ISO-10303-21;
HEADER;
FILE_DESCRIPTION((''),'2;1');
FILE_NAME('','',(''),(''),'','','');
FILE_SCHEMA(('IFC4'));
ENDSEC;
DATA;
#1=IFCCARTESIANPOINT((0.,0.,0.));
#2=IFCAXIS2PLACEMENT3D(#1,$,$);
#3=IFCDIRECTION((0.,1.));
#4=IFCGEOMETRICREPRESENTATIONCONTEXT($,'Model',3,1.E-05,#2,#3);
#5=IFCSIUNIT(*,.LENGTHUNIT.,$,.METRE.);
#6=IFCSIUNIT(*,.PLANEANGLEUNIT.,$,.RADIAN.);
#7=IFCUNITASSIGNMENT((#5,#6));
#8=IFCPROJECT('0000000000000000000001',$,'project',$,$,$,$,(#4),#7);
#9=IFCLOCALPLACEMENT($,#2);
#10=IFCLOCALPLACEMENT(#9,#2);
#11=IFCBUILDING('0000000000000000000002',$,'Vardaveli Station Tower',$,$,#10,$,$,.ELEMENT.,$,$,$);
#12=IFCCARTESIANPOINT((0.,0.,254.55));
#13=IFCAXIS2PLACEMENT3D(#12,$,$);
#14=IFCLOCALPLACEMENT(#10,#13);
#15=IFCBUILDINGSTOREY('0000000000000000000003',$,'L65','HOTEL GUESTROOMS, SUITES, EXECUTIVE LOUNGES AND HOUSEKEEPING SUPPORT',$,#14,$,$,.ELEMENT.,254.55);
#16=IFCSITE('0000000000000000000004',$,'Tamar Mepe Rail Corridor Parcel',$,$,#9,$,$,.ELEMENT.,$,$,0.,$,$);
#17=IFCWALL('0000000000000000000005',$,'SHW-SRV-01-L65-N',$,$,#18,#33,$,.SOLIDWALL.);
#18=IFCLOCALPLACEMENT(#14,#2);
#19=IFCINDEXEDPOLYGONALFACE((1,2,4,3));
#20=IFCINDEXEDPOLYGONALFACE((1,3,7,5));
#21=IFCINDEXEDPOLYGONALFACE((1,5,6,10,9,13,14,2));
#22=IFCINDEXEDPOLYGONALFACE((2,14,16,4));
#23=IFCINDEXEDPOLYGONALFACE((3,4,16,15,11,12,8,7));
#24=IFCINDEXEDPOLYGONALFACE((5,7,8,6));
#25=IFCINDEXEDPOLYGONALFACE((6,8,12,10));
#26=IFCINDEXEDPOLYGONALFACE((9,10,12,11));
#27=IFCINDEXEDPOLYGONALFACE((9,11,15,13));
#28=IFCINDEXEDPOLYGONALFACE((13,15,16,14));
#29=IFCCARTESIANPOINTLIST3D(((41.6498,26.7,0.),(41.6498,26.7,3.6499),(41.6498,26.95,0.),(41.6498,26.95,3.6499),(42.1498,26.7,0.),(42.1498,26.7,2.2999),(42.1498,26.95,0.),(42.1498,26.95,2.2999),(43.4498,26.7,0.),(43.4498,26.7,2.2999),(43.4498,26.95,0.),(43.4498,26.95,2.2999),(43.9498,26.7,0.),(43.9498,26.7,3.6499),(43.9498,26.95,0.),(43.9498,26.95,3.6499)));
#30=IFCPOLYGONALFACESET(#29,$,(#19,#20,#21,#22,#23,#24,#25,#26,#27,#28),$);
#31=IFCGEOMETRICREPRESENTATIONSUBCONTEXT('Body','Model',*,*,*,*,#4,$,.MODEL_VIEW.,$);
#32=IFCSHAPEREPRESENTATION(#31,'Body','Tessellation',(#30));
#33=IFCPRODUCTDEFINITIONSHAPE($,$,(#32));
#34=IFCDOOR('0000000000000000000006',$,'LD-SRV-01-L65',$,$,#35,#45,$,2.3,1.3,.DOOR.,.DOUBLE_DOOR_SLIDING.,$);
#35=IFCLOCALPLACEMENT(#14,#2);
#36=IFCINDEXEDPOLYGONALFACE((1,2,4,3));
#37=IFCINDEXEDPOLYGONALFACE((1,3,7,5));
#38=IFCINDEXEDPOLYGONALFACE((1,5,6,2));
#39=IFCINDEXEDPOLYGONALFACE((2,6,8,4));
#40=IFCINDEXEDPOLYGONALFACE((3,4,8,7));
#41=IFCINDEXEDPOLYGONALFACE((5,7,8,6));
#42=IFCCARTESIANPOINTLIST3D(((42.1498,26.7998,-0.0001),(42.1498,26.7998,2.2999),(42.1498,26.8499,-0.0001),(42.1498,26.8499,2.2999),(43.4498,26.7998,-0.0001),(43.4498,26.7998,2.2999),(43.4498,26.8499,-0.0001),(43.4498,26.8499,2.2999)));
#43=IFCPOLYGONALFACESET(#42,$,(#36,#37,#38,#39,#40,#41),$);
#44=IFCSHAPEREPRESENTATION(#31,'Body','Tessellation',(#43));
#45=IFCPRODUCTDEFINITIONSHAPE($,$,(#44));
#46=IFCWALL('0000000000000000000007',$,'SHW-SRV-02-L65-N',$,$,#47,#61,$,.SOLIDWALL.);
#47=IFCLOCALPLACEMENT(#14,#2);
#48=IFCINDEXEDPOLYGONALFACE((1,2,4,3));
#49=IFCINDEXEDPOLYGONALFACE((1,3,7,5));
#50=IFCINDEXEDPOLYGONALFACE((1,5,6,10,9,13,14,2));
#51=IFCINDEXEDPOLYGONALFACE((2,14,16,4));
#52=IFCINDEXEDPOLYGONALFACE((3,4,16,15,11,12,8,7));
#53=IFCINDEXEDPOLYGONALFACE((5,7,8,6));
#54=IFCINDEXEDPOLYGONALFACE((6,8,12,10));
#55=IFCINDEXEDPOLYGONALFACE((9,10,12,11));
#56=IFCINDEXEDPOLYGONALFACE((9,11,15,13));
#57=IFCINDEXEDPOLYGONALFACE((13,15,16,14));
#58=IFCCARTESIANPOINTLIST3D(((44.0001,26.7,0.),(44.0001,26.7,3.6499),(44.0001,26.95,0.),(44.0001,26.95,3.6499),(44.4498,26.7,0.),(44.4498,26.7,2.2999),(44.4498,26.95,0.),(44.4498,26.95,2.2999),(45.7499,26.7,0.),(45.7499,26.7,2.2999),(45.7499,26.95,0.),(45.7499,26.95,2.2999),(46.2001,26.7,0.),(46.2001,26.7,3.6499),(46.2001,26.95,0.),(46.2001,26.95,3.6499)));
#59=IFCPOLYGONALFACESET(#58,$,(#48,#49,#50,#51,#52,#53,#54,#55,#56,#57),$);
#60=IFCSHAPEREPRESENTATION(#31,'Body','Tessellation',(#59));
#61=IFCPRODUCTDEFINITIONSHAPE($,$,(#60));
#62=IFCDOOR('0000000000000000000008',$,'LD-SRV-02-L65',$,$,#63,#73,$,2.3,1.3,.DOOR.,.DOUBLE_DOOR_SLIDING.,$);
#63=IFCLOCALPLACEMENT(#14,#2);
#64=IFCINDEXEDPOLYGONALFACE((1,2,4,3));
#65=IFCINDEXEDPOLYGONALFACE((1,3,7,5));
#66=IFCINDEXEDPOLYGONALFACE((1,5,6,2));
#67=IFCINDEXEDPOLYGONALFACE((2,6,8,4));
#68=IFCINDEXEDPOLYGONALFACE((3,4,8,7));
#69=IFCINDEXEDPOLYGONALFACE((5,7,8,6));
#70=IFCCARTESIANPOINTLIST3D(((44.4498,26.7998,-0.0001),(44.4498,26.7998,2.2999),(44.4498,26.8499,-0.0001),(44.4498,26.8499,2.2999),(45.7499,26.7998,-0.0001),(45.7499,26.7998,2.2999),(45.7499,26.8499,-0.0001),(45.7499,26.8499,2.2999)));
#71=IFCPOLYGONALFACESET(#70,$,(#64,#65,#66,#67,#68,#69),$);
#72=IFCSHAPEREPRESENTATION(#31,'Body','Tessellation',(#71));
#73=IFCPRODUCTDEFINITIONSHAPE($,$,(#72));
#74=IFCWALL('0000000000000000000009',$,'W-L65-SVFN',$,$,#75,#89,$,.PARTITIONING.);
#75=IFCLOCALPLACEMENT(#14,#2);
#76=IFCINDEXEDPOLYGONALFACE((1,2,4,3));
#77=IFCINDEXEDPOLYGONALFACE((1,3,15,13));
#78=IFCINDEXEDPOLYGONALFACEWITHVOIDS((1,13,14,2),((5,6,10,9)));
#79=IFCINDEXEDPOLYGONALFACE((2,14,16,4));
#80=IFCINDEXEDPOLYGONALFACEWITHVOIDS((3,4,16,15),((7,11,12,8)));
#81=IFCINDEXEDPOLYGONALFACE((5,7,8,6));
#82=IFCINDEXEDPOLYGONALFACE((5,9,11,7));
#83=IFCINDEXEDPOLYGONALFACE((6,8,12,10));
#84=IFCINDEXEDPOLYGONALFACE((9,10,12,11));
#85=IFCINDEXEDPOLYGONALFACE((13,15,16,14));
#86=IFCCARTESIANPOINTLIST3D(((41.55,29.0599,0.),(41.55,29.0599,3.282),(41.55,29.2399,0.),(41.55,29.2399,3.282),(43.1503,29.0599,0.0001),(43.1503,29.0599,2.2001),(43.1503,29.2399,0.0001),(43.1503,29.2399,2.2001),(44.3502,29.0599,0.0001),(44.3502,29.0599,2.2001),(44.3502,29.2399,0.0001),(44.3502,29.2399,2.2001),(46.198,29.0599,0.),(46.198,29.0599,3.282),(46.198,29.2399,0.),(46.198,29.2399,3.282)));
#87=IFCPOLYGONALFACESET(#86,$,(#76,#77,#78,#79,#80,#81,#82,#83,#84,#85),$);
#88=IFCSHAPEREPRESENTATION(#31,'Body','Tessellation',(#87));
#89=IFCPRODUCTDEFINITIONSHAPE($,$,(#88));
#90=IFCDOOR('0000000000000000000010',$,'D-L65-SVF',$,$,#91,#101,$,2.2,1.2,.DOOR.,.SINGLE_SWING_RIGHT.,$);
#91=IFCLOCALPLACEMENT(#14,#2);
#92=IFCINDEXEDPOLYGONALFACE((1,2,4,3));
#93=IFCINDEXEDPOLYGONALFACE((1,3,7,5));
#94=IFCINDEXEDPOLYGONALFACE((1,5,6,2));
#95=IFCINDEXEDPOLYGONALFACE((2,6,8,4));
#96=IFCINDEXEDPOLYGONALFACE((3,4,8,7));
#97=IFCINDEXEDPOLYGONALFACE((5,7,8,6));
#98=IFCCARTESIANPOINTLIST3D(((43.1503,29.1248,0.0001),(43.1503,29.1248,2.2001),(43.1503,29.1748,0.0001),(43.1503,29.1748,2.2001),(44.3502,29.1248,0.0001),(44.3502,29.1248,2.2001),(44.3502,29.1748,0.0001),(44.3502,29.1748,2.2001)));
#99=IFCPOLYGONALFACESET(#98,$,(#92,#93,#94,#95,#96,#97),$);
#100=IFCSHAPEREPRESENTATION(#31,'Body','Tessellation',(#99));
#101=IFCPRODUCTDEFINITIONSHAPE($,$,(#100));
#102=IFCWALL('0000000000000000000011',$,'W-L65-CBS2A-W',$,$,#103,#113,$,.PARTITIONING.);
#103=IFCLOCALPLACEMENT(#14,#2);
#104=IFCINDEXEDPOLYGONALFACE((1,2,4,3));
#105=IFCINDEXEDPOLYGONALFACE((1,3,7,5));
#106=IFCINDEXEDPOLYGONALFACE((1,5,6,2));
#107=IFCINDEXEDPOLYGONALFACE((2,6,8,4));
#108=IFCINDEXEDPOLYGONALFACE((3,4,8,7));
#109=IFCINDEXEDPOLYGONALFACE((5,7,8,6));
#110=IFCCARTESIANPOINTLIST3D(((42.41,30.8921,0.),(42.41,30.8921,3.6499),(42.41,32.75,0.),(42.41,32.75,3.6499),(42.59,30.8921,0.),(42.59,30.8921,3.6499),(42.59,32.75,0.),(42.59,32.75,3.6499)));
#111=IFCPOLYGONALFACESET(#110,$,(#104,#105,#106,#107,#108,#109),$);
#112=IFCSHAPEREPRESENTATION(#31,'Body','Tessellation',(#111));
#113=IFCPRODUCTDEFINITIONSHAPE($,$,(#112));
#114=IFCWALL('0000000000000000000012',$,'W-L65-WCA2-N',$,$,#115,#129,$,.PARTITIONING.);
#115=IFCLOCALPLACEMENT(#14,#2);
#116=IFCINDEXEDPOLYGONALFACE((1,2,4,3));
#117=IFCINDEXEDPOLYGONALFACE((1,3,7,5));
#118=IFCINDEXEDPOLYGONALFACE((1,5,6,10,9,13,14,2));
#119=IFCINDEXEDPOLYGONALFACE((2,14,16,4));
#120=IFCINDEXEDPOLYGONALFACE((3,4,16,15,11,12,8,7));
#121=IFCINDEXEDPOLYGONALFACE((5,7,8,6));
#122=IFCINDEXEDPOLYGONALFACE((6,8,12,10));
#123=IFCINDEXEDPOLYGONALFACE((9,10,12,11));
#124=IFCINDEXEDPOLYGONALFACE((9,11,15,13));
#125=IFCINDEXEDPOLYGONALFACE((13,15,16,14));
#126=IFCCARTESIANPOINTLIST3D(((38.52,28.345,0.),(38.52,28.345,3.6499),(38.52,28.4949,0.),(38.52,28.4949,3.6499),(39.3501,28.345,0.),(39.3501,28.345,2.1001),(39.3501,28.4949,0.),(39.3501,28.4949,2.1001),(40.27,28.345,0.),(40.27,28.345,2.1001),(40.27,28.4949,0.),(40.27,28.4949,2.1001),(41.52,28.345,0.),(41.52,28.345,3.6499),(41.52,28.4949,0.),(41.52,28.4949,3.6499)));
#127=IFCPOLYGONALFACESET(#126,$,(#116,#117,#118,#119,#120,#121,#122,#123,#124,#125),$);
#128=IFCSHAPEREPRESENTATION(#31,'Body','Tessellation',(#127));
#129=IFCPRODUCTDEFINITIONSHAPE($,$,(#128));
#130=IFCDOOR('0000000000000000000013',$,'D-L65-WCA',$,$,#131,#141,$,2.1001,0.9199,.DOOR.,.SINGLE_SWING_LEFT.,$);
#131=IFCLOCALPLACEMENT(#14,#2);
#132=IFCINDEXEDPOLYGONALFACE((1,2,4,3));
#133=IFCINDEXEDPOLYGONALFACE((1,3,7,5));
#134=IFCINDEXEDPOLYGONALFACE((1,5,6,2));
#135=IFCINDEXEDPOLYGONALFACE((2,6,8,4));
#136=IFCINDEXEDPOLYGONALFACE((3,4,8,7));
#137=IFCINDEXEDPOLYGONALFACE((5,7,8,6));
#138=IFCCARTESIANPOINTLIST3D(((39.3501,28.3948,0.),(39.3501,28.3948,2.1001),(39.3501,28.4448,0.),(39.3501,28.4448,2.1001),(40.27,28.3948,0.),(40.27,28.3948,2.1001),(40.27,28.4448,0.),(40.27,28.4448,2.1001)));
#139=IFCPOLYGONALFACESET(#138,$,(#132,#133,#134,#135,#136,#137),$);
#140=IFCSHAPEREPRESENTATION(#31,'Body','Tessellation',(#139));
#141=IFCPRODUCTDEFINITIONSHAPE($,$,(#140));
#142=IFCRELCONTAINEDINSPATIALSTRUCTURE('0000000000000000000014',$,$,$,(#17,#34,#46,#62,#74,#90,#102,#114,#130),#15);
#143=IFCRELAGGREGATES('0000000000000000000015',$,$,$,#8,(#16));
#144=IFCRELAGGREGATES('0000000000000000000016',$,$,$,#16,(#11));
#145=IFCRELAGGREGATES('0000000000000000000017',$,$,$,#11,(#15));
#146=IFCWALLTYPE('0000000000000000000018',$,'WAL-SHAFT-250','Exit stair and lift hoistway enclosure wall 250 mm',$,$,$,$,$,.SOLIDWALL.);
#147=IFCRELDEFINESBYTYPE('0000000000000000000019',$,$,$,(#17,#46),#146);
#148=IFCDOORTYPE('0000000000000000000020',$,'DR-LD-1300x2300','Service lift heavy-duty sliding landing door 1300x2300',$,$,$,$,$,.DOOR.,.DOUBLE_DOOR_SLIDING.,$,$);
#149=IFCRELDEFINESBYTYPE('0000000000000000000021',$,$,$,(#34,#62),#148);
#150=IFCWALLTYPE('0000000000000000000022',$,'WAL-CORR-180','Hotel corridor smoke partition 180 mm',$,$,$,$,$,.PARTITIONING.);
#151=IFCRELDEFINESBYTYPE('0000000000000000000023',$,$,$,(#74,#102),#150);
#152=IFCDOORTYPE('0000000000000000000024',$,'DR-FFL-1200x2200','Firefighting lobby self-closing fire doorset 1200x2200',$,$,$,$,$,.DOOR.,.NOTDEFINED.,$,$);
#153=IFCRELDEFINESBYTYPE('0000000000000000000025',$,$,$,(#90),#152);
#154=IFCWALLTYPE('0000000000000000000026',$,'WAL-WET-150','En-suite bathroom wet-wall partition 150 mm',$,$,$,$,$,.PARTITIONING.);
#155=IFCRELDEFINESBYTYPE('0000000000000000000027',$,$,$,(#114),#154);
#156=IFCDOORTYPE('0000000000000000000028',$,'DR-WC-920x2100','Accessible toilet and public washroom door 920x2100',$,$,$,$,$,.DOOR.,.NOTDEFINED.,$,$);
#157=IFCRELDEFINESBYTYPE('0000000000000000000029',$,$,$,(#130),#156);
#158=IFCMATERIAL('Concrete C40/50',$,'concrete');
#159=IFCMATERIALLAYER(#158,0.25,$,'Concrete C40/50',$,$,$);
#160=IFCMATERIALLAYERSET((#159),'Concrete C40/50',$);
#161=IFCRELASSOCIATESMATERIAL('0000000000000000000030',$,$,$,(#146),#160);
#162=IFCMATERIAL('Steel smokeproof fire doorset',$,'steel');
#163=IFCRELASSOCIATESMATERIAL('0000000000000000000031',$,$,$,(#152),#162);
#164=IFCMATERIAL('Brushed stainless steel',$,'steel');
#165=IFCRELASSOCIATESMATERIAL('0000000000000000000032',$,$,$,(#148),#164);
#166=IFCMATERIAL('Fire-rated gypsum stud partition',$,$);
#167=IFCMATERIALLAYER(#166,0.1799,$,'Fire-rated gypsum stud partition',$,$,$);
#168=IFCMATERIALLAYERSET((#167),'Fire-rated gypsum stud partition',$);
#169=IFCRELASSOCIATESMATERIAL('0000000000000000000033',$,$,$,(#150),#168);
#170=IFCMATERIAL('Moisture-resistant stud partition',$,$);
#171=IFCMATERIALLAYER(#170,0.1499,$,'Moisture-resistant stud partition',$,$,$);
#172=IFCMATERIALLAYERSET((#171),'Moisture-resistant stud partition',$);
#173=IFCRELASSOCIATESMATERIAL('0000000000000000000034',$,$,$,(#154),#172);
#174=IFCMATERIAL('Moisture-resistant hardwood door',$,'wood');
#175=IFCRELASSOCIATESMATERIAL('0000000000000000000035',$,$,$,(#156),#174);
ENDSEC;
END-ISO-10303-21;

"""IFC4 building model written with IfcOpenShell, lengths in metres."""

from ifc_helpers import new_model, si_unit, direction, frame, frame_2d, origin, place, context, subcontext, project, spatial, rectangle, extrude, source, transform, mapped, material, layer, layer_set, type_object, element, fill, save


model = new_model("IFC4")

# Units and contexts
model_context = context("Model", 3, precision=1e-05, world=origin(), true_north=direction((0.0, 1.0)))
body_context = subcontext(model_context, "Body", "Model", "MODEL_VIEW")
ifc_project = project(units=[si_unit("LENGTHUNIT", "METRE"), si_unit("PLANEANGLEUNIT", "RADIAN")], contexts=[model_context])

# Site, building, storey
site_placement = place(None, origin())
site = spatial("IfcSite", under=ifc_project, at=site_placement, Name="Tamar Mepe Rail Corridor Parcel", CompositionType="ELEMENT", RefElevation=0.0)
building_placement = place(site_placement, origin())
building = spatial("IfcBuilding", under=site, at=building_placement, Name="Vardaveli Station Tower", CompositionType="ELEMENT")
storey_placement = place(building_placement, frame((0.0, 0.0, 254.55)))
storey = spatial("IfcBuildingStorey", under=building, at=storey_placement, Name="L65", Description="HOTEL GUESTROOMS, SUITES, EXECUTIVE LOUNGES AND HOUSEKEEPING SUPPORT", CompositionType="ELEMENT", Elevation=254.55)

# Shared definitions
ifc_material_1 = material(Name="Concrete C40/50", Category="concrete")
ifc_layer_1 = layer(ifc_material_1, 0.25, Name="Concrete C40/50")
ifc_layer_set_1 = layer_set([ifc_layer_1], Name="Concrete C40/50")
wall_type_1 = type_object("IfcWallType", Name="WAL-SHAFT-250", Description="Exit stair and lift hoistway enclosure wall 250 mm", PredefinedType="SOLIDWALL", material=ifc_layer_set_1)

# Walls, openings, doors
ifc_material_2 = material(Name="Steel smokeproof fire doorset", Category="steel")
door_type_1 = type_object("IfcDoorType", Name="DR-FFL-1200x2200", Description="Firefighting lobby self-closing fire doorset 1200x2200", OperationType="NOTDEFINED", PredefinedType="DOOR", material=ifc_material_2)
shared_shape_1 = source(origin(), body_context, "Body", "SweptSolid", [
    extrude(rectangle(XDim=1.2, YDim=2.2, at=frame_2d((0.6001, 1.1001))), frame((0.0, 0.0249, 0.0), z_axis=(0.0, -1.0, 0.0), x_axis=(1.0, 0.0, 0.0)), (0.0, 0.0, 1.0), 0.05),
])
shared_shape_2 = source(origin(), body_context, "Body", "SweptSolid", [
    extrude(rectangle(XDim=2.3, YDim=0.25, at=frame_2d((1.1499, 0.0))), origin(), (0.0, 0.0, 1.0), 3.6499),
])
wall_1_placement = place(storey_placement, frame((41.6499, 26.825, 0.0), z_axis=(0.0, 0.0, 1.0), x_axis=(1.0, 0.0, 0.0)))
wall_1 = element("IfcWall", 1, at=wall_1_placement, inside=storey, type_object=wall_type_1, Name="SHW-SRV-01-L65-N", PredefinedType="SOLIDWALL", context=body_context, shape_type="MappedRepresentation", body=[
    mapped(shared_shape_2, transform((0.0, 0.0, 0.0), scale=1.0)),
])
shared_shape_3 = source(origin(), body_context, "Body", "SweptSolid", [
    extrude(rectangle(XDim=1.3, YDim=2.3, at=frame_2d((0.6499, 1.1499))), frame((0.0, 0.135, 0.0), z_axis=(0.0, -1.0, 0.0), x_axis=(1.0, 0.0, 0.0)), (0.0, 0.0, 1.0), 0.27),
])
opening_1_placement = place(wall_1_placement, frame((0.5, 0.0, 0.0)))
opening_1 = element("IfcOpeningElement", 2, at=opening_1_placement, cuts=wall_1, PredefinedType="OPENING", context=body_context, shape_type="MappedRepresentation", body=[
    mapped(shared_shape_3, transform((0.0, 0.0, 0.0), scale=1.0)),
])
ifc_material_3 = material(Name="Brushed stainless steel", Category="steel")
door_type_2 = type_object("IfcDoorType", Name="DR-LD-1300x2300", Description="Service lift heavy-duty sliding landing door 1300x2300", OperationType="DOUBLE_DOOR_SLIDING", PredefinedType="DOOR", material=ifc_material_3)
shared_shape_4 = source(origin(), body_context, "Body", "SweptSolid", [
    extrude(rectangle(XDim=1.3, YDim=2.3, at=frame_2d((0.6499, 1.1499))), frame((0.0, 0.0249, 0.0), z_axis=(0.0, -1.0, 0.0), x_axis=(1.0, 0.0, 0.0)), (0.0, 0.0, 1.0), 0.05),
])
door_1_placement = place(opening_1_placement, origin())
door_1 = element("IfcDoor", 3, at=door_1_placement, inside=storey, type_object=door_type_2, Name="LD-SRV-01-L65", OperationType="DOUBLE_DOOR_SLIDING", OverallHeight=2.3, OverallWidth=1.3, PredefinedType="DOOR", context=body_context, shape_type="MappedRepresentation", body=[
    mapped(shared_shape_4, transform((0.0, 0.0, 0.0), scale=1.0)),
])
fill(opening_1, door_1)
shared_shape_5 = source(origin(), body_context, "Body", "SweptSolid", [
    extrude(rectangle(XDim=2.2, YDim=0.25, at=frame_2d((1.1001, 0.0))), origin(), (0.0, 0.0, 1.0), 3.6499),
])
wall_2_placement = place(storey_placement, frame((44.0, 26.825, 0.0), z_axis=(0.0, 0.0, 1.0), x_axis=(1.0, 0.0, 0.0)))
wall_2 = element("IfcWall", 4, at=wall_2_placement, inside=storey, type_object=wall_type_1, Name="SHW-SRV-02-L65-N", PredefinedType="SOLIDWALL", context=body_context, shape_type="MappedRepresentation", body=[
    mapped(shared_shape_5, transform((0.0, 0.0, 0.0), scale=1.0)),
])
opening_2_placement = place(wall_2_placement, frame((0.45, 0.0, 0.0)))
opening_2 = element("IfcOpeningElement", 5, at=opening_2_placement, cuts=wall_2, PredefinedType="OPENING", context=body_context, shape_type="MappedRepresentation", body=[
    mapped(shared_shape_3, transform((0.0, 0.0, 0.0), scale=1.0)),
])
door_2_placement = place(opening_2_placement, origin())
door_2 = element("IfcDoor", 6, at=door_2_placement, inside=storey, type_object=door_type_2, Name="LD-SRV-02-L65", OperationType="DOUBLE_DOOR_SLIDING", OverallHeight=2.3, OverallWidth=1.3, PredefinedType="DOOR", context=body_context, shape_type="MappedRepresentation", body=[
    mapped(shared_shape_4, transform((0.0, 0.0, 0.0), scale=1.0)),
])
fill(opening_2, door_2)
ifc_material_4 = material(Name="Fire-rated gypsum stud partition")
ifc_layer_2 = layer(ifc_material_4, 0.1799, Name="Fire-rated gypsum stud partition")
ifc_layer_set_2 = layer_set([ifc_layer_2], Name="Fire-rated gypsum stud partition")
wall_type_2 = type_object("IfcWallType", Name="WAL-CORR-180", Description="Hotel corridor smoke partition 180 mm", PredefinedType="PARTITIONING", material=ifc_layer_set_2)
shared_shape_6 = source(origin(), body_context, "Body", "SweptSolid", [
    extrude(rectangle(XDim=4.6479, YDim=0.1799, at=frame_2d((2.324, 0.0))), origin(), (0.0, 0.0, 1.0), 3.282),
])
wall_3_placement = place(storey_placement, frame((41.55, 29.1499, 0.0), z_axis=(0.0, 0.0, 1.0), x_axis=(1.0, 0.0, 0.0)))
wall_3 = element("IfcWall", 7, at=wall_3_placement, inside=storey, type_object=wall_type_2, Name="W-L65-SVFN", PredefinedType="PARTITIONING", context=body_context, shape_type="MappedRepresentation", body=[
    mapped(shared_shape_6, transform((0.0, 0.0, 0.0), scale=1.0)),
])
shared_shape_7 = source(origin(), body_context, "Body", "SweptSolid", [
    extrude(rectangle(XDim=1.2, YDim=2.2, at=frame_2d((0.6001, 1.1001))), frame((0.0, 0.1001, 0.0), z_axis=(0.0, -1.0, 0.0), x_axis=(1.0, 0.0, 0.0)), (0.0, 0.0, 1.0), 0.2),
])
opening_3_placement = place(wall_3_placement, frame((1.6001, 0.0, 0.0)))
opening_3 = element("IfcOpeningElement", 8, at=opening_3_placement, cuts=wall_3, PredefinedType="OPENING", context=body_context, shape_type="MappedRepresentation", body=[
    mapped(shared_shape_7, transform((0.0, 0.0, 0.0), scale=1.0)),
])
door_3_placement = place(opening_3_placement, origin())
door_3 = element("IfcDoor", 9, at=door_3_placement, inside=storey, type_object=door_type_1, Name="D-L65-SVF", OperationType="SINGLE_SWING_RIGHT", OverallHeight=2.2, OverallWidth=1.2, PredefinedType="DOOR", context=body_context, shape_type="MappedRepresentation", body=[
    mapped(shared_shape_1, transform((0.0, 0.0, 0.0), scale=1.0)),
])
fill(opening_3, door_3)

# Wall
shared_shape_8 = source(origin(), body_context, "Body", "SweptSolid", [
    extrude(rectangle(XDim=1.8579, YDim=0.1799, at=frame_2d((0.929, 0.0))), origin(), (0.0, 0.0, 1.0), 3.6499),
])
wall_4_placement = place(storey_placement, frame((42.5, 30.8921, 0.0), z_axis=(0.0, 0.0, 1.0), x_axis=(0.0, 1.0, 0.0)))
element("IfcWall", 10, at=wall_4_placement, inside=storey, type_object=wall_type_2, Name="W-L65-CBS2A-W", PredefinedType="PARTITIONING", context=body_context, shape_type="MappedRepresentation", body=[
    mapped(shared_shape_8, transform((0.0, 0.0, 0.0), scale=1.0)),
])

# Wall, opening, door
ifc_material_5 = material(Name="Moisture-resistant stud partition")
ifc_layer_3 = layer(ifc_material_5, 0.1499, Name="Moisture-resistant stud partition")
ifc_layer_set_3 = layer_set([ifc_layer_3], Name="Moisture-resistant stud partition")
wall_type_3 = type_object("IfcWallType", Name="WAL-WET-150", Description="En-suite bathroom wet-wall partition 150 mm", PredefinedType="PARTITIONING", material=ifc_layer_set_3)
shared_shape_9 = source(origin(), body_context, "Body", "SweptSolid", [
    extrude(rectangle(XDim=3.0, YDim=0.1499, at=frame_2d((1.5, 0.0))), origin(), (0.0, 0.0, 1.0), 3.6499),
])
wall_5_placement = place(storey_placement, frame((38.52, 28.4199, 0.0), z_axis=(0.0, 0.0, 1.0), x_axis=(1.0, 0.0, 0.0)))
wall_5 = element("IfcWall", 11, at=wall_5_placement, inside=storey, type_object=wall_type_3, Name="W-L65-WCA2-N", PredefinedType="PARTITIONING", context=body_context, shape_type="MappedRepresentation", body=[
    mapped(shared_shape_9, transform((0.0, 0.0, 0.0), scale=1.0)),
])
shared_shape_10 = source(origin(), body_context, "Body", "SweptSolid", [
    extrude(rectangle(XDim=0.9199, YDim=2.1001, at=frame_2d((0.46, 1.05))), frame((0.0, 0.085, 0.0), z_axis=(0.0, -1.0, 0.0), x_axis=(1.0, 0.0, 0.0)), (0.0, 0.0, 1.0), 0.1699),
])
opening_4_placement = place(wall_5_placement, frame((0.8301, 0.0, 0.0)))
opening_4 = element("IfcOpeningElement", 12, at=opening_4_placement, cuts=wall_5, PredefinedType="OPENING", context=body_context, shape_type="MappedRepresentation", body=[
    mapped(shared_shape_10, transform((0.0, 0.0, 0.0), scale=1.0)),
])
ifc_material_6 = material(Name="Moisture-resistant hardwood door", Category="wood")
door_type_3 = type_object("IfcDoorType", Name="DR-WC-920x2100", Description="Accessible toilet and public washroom door 920x2100", OperationType="NOTDEFINED", PredefinedType="DOOR", material=ifc_material_6)
shared_shape_11 = source(origin(), body_context, "Body", "SweptSolid", [
    extrude(rectangle(XDim=0.9199, YDim=2.1001, at=frame_2d((0.46, 1.05))), frame((0.0, 0.0249, 0.0), z_axis=(0.0, -1.0, 0.0), x_axis=(1.0, 0.0, 0.0)), (0.0, 0.0, 1.0), 0.05),
])
door_4_placement = place(opening_4_placement, origin())
door_4 = element("IfcDoor", 13, at=door_4_placement, inside=storey, type_object=door_type_3, Name="D-L65-WCA", OperationType="SINGLE_SWING_LEFT", OverallHeight=2.1001, OverallWidth=0.9199, PredefinedType="DOOR", context=body_context, shape_type="MappedRepresentation", body=[
    mapped(shared_shape_11, transform((0.0, 0.0, 0.0), scale=1.0)),
])
fill(opening_4, door_4)

save(model, "model.ifc")
